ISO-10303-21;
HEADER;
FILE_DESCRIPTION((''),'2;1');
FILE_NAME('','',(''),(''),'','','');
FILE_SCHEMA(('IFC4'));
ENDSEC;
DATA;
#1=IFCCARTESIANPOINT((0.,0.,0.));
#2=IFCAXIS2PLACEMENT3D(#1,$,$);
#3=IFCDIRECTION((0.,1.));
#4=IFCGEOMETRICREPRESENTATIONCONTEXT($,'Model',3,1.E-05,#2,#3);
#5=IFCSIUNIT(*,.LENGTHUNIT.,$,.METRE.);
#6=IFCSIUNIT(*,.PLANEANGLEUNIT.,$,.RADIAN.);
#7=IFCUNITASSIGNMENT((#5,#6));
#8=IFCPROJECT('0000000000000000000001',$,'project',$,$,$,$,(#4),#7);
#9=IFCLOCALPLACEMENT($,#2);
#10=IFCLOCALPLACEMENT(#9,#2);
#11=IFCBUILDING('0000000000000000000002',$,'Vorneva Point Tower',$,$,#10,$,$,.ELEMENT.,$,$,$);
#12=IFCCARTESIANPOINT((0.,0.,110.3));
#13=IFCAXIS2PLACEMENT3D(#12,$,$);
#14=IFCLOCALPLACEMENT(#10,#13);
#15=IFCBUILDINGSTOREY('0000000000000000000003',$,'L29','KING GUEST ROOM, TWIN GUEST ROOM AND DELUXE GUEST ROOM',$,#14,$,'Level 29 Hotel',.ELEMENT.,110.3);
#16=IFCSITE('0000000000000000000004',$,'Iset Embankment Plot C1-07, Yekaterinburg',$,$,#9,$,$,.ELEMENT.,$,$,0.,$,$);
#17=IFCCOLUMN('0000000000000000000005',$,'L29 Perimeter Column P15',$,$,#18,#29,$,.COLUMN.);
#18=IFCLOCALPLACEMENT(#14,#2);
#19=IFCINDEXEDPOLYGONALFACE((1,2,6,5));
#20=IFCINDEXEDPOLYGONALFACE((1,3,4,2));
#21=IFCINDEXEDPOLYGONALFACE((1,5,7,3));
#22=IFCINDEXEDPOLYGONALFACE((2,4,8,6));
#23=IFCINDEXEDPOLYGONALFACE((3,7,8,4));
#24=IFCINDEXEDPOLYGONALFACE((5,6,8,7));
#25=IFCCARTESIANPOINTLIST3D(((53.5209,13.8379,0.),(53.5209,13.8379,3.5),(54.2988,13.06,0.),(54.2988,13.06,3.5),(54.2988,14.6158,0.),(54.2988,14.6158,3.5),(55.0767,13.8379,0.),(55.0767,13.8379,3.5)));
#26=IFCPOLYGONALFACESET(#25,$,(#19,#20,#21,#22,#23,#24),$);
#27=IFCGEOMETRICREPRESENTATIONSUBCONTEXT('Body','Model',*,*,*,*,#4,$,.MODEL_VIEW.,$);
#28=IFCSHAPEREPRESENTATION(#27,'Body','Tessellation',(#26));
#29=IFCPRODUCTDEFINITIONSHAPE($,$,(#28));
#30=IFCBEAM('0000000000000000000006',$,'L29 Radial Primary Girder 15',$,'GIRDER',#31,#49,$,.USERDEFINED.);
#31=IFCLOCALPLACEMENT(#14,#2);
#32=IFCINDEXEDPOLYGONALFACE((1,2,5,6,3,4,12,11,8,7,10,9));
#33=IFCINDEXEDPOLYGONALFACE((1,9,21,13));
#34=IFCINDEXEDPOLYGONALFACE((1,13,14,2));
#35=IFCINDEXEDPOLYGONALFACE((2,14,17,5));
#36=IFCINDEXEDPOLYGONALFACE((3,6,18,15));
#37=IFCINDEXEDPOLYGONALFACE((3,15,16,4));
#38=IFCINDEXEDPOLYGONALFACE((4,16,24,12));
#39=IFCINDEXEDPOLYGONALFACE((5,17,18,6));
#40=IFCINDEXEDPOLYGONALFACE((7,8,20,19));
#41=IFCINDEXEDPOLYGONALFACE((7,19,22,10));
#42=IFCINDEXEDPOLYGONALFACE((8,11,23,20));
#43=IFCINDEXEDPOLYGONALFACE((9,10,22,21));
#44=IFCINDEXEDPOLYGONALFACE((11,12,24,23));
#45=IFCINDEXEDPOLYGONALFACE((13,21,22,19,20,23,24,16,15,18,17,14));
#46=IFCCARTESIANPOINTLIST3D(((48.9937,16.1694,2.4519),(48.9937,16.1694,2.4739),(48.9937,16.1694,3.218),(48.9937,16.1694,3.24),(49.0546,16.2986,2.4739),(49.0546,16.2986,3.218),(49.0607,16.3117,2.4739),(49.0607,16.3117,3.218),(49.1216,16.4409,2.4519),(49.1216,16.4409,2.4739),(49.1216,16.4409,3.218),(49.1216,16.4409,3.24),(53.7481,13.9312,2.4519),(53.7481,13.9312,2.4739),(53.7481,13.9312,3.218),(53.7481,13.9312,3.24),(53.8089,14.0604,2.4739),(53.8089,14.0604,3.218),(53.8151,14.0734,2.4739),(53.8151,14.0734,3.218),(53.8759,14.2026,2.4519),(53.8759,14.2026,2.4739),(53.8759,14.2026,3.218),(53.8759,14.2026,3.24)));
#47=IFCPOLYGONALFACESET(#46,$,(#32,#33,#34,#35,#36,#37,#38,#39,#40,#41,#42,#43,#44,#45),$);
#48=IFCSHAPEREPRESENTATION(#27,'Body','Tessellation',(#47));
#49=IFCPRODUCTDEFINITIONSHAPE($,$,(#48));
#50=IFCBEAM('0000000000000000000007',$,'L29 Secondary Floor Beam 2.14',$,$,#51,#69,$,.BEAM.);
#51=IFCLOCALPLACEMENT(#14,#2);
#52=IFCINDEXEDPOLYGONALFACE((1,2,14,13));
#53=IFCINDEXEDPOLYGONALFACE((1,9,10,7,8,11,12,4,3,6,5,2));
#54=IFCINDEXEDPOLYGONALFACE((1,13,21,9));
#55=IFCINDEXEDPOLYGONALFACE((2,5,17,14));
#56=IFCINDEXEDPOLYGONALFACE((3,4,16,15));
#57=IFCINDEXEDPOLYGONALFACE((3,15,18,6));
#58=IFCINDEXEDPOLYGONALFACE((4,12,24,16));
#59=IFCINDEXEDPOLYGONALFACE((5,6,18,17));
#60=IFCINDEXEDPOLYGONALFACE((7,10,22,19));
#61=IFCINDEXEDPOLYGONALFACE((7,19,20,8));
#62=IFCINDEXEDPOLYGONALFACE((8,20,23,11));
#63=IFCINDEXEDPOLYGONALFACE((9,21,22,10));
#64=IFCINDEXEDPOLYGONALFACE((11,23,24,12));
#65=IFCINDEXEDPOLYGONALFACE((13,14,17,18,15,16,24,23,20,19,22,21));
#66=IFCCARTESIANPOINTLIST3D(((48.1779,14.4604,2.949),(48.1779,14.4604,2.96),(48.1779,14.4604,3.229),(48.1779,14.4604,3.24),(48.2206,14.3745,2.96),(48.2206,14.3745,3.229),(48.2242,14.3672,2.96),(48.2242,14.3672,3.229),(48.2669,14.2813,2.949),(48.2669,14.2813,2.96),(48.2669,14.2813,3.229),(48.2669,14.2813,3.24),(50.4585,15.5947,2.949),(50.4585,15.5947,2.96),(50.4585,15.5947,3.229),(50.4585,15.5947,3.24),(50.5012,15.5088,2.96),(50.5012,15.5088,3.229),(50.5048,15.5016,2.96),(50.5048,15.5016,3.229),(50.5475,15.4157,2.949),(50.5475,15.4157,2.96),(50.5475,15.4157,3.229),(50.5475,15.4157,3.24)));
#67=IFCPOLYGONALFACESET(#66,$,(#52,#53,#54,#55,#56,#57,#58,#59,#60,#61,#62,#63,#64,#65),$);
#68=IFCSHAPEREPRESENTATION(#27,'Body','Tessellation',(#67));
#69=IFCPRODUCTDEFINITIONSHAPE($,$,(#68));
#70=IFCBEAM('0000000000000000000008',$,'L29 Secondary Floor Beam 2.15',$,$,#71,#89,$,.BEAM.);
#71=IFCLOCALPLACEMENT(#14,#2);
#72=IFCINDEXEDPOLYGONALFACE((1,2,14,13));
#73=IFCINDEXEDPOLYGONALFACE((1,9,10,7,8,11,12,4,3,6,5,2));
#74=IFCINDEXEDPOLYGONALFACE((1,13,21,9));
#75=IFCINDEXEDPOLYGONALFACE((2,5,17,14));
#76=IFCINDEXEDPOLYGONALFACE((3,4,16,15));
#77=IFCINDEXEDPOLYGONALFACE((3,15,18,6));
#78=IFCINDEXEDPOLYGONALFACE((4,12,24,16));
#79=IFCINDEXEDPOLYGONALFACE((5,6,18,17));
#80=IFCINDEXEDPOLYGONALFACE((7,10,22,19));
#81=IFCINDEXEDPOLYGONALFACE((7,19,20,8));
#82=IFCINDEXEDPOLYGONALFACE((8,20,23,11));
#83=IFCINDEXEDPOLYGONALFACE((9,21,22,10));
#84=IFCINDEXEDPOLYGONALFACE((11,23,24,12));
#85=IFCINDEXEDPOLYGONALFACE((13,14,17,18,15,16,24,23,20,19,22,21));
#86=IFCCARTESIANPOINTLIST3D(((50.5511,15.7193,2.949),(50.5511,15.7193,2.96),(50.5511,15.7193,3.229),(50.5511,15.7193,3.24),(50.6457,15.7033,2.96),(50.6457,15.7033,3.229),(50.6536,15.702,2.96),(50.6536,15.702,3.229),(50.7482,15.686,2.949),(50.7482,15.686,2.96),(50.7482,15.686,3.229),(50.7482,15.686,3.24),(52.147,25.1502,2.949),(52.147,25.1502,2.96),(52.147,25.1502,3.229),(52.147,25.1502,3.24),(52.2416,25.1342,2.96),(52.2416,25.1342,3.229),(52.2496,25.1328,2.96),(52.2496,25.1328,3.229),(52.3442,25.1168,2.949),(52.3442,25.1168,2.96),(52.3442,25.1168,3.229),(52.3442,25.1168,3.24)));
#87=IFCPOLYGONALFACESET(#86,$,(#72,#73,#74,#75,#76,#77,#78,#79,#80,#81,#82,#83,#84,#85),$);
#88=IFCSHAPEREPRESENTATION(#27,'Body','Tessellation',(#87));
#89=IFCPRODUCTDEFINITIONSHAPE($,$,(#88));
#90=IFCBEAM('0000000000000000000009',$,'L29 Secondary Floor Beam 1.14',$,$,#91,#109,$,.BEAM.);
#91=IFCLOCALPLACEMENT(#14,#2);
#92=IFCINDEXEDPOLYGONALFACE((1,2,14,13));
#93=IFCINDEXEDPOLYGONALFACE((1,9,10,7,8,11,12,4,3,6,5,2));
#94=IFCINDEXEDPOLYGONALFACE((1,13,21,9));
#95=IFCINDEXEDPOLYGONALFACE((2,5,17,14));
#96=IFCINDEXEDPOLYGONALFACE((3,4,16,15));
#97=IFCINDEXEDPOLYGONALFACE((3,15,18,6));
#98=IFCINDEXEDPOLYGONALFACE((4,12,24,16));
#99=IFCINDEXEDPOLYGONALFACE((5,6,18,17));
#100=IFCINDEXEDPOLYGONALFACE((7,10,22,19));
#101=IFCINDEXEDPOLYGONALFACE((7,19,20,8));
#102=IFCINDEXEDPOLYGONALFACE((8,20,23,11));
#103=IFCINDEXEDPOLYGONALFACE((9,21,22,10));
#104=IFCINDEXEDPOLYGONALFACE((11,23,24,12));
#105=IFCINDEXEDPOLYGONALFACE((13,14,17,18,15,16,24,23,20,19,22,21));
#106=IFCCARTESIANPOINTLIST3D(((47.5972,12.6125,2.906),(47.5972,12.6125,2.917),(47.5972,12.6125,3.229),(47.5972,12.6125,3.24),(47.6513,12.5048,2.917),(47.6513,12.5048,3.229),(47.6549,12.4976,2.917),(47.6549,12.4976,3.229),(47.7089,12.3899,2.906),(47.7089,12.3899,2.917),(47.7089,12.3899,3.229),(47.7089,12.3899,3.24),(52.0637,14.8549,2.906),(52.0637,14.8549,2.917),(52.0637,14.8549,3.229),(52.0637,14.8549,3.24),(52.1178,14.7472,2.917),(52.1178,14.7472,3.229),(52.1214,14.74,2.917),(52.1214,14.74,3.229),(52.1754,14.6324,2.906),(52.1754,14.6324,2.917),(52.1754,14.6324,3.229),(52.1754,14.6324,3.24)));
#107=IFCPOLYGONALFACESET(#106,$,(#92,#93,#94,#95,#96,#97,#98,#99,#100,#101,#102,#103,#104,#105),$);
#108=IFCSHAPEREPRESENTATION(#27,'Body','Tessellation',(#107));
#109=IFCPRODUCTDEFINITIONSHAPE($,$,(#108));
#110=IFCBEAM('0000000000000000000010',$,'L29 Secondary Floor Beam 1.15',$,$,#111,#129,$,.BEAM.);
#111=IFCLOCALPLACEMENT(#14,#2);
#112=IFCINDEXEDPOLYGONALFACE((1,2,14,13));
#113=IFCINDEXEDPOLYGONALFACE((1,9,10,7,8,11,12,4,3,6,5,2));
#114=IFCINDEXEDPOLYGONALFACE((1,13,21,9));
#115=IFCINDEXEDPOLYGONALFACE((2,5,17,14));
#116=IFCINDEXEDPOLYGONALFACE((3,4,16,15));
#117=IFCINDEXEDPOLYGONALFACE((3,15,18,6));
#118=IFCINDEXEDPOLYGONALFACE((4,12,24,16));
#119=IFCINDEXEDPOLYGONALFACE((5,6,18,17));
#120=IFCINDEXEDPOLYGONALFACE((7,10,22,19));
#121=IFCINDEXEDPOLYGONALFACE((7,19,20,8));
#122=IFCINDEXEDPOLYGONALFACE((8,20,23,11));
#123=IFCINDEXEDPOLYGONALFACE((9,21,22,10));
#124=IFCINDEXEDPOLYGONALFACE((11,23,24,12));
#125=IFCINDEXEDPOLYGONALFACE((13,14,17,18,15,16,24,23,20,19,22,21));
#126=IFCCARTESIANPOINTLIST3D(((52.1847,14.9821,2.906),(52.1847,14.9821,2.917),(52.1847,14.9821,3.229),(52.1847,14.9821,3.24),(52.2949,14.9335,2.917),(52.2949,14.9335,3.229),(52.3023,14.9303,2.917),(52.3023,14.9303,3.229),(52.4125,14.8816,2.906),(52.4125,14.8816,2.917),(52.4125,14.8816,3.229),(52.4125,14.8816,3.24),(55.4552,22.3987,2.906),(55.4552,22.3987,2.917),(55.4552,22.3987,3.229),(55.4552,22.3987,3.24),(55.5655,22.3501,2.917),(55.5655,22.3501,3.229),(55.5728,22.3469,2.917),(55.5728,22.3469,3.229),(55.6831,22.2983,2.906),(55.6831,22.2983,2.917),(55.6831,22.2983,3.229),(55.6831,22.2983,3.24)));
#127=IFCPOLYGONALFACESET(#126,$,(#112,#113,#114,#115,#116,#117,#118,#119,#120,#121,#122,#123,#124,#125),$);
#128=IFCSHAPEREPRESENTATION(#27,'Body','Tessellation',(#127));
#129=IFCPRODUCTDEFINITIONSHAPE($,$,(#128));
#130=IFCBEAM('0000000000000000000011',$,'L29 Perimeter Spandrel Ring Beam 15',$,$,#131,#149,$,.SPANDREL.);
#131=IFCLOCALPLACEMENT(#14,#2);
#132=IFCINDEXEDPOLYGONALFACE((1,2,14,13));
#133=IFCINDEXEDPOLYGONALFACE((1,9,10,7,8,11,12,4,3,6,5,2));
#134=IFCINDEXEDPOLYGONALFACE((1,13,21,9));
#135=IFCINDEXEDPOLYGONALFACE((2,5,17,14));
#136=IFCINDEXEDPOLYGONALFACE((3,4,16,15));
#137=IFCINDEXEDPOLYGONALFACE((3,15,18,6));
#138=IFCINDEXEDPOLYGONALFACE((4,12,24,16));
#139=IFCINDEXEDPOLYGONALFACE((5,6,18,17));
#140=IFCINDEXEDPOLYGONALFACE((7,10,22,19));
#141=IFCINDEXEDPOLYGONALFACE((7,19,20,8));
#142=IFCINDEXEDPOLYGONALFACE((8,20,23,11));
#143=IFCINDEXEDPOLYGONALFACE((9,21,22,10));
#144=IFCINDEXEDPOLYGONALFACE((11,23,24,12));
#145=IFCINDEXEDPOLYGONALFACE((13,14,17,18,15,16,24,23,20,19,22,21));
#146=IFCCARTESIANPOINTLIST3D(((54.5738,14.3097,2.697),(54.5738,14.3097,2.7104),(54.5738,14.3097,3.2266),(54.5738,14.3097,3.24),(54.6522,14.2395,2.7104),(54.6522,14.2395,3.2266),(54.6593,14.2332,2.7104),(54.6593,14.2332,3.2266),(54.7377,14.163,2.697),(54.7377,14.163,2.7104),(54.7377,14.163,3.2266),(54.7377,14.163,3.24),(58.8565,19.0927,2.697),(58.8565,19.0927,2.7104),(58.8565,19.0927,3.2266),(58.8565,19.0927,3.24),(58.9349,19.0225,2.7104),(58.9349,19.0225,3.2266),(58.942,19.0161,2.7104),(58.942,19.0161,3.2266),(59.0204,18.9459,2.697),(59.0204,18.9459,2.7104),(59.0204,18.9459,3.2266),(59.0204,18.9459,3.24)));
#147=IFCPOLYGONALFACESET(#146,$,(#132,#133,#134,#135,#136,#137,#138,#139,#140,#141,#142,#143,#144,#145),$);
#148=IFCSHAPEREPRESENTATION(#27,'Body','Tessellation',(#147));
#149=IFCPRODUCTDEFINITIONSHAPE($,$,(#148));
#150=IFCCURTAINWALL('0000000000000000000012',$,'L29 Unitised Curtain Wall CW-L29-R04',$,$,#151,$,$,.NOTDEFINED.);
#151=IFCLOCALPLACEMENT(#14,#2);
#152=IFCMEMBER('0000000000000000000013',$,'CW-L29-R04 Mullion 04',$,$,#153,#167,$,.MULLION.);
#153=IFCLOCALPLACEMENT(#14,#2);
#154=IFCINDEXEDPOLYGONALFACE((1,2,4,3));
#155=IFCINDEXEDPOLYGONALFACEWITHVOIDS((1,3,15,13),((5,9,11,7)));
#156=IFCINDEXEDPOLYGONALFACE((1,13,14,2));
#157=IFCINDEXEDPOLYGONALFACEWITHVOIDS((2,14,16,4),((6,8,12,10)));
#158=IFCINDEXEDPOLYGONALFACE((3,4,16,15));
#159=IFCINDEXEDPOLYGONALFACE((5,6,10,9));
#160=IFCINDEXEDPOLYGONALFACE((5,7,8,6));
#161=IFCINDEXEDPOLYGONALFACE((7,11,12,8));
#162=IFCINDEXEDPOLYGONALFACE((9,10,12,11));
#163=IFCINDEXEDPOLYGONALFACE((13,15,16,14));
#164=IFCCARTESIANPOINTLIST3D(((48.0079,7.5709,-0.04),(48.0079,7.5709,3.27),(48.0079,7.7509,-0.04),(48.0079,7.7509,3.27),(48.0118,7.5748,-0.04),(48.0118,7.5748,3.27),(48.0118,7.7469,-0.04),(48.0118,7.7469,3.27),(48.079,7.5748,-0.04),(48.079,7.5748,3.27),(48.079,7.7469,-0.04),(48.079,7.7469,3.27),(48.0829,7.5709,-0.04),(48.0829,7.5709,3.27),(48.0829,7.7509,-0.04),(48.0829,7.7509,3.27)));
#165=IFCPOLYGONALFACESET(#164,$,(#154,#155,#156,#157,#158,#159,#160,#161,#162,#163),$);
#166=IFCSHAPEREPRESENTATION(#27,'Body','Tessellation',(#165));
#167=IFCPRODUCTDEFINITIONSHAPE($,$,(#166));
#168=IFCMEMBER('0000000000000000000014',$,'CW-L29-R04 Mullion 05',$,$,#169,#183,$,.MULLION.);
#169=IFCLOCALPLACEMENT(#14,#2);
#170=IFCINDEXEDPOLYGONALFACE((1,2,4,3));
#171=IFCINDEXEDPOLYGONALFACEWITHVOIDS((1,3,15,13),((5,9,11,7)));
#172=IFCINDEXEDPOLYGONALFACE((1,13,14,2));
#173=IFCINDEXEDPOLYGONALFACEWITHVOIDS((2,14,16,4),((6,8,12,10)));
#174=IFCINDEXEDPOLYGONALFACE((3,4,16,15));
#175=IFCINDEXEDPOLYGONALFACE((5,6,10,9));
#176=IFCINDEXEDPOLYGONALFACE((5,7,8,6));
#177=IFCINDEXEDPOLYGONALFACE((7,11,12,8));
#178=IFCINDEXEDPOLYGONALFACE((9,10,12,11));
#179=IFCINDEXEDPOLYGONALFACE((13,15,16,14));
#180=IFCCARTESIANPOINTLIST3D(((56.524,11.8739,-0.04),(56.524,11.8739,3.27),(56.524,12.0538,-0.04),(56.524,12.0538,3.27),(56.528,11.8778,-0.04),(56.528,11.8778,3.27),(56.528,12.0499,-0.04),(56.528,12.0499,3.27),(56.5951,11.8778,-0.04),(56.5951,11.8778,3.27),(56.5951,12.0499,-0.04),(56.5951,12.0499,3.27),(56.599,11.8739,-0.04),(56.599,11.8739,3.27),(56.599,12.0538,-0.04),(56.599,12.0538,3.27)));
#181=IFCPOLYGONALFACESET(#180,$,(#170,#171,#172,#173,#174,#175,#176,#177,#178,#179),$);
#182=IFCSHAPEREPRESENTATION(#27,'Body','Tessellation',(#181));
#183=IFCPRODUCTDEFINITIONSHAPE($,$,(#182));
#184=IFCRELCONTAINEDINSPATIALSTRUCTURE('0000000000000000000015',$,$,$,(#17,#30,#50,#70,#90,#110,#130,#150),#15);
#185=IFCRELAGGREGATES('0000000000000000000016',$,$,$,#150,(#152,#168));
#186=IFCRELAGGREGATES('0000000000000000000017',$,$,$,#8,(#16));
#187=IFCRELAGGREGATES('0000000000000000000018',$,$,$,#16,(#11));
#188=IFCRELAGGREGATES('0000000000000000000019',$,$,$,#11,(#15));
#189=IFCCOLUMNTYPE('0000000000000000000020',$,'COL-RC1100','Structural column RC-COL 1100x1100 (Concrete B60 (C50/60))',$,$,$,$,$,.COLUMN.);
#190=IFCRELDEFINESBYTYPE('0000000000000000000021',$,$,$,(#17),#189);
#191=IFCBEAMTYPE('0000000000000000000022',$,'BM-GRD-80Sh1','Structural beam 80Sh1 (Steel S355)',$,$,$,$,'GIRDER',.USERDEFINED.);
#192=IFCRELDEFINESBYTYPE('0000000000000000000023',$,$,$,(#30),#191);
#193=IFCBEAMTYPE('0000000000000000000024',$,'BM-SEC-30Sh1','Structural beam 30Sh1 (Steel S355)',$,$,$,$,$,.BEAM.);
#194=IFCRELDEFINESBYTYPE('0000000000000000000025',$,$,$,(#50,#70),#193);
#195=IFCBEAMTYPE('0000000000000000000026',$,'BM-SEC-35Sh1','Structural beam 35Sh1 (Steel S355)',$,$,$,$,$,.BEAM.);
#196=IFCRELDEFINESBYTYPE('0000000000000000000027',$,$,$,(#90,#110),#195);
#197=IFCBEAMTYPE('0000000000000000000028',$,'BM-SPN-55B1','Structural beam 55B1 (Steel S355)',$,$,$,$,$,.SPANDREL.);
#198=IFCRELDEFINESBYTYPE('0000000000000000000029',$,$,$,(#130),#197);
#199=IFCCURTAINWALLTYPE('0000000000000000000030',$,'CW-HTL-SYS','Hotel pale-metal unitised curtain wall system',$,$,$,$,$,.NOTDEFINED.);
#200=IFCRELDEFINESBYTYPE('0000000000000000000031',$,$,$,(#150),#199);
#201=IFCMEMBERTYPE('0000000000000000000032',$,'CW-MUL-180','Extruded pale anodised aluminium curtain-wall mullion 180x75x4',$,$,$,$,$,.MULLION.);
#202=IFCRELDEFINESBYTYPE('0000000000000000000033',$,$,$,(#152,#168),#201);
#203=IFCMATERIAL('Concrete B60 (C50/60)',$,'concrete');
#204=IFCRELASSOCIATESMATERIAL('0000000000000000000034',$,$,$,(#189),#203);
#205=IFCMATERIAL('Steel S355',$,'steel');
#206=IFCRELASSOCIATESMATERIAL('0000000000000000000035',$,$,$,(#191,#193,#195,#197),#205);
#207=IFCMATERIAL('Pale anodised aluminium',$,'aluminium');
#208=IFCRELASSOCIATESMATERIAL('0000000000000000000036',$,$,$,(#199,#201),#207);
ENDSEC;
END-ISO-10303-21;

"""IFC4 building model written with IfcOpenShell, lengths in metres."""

from ifc_helpers import new_model, si_unit, direction, frame, origin, origin_2d, place, context, subcontext, project, spatial, rectangle, hollow_rectangle, i_section, extrude, material, material_profile, profile_set, type_object, element, aggregate, save


model = new_model("IFC4")

# Units and contexts
model_context = context("Model", 3, precision=1e-05, world=origin(), true_north=direction((0.0, 1.0)))
body_context = subcontext(model_context, "Body", "Model", "MODEL_VIEW")
ifc_project = project(units=[si_unit("LENGTHUNIT", "METRE"), si_unit("PLANEANGLEUNIT", "RADIAN")], contexts=[model_context])

# Site, building, storey
site_placement = place(None, origin())
site = spatial("IfcSite", under=ifc_project, at=site_placement, Name="Iset Embankment Plot C1-07, Yekaterinburg", CompositionType="ELEMENT", RefElevation=0.0)
building_placement = place(site_placement, origin())
building = spatial("IfcBuilding", under=site, at=building_placement, Name="Vorneva Point Tower", CompositionType="ELEMENT")
storey_placement = place(building_placement, frame((0.0, 0.0, 110.3)))
storey = spatial("IfcBuildingStorey", under=building, at=storey_placement, Name="L29", Description="KING GUEST ROOM, TWIN GUEST ROOM AND DELUXE GUEST ROOM", LongName="Level 29 Hotel", CompositionType="ELEMENT", Elevation=110.3)

# Column
ifc_material_1 = material(Name="Concrete B60 (C50/60)", Category="concrete")
ifc_material_profile_1 = material_profile(ifc_material_1, rectangle(XDim=1.1001, YDim=1.1001, at=origin_2d()), Name="RC-COL 1100x1100")
ifc_profile_set_1 = profile_set([ifc_material_profile_1], Name="Concrete B60 (C50/60)")
column_type = type_object("IfcColumnType", Name="COL-RC1100", Description="Structural column RC-COL 1100x1100 (Concrete B60 (C50/60))", PredefinedType="COLUMN", material=ifc_profile_set_1)
column_placement = place(storey_placement, frame((54.2988, 13.8379, 0.0), z_axis=(0.0, 0.0, 1.0), x_axis=(0.707107, -0.707107, 0.0)))
element("IfcColumn", 1, at=column_placement, inside=storey, type_object=column_type, Name="L29 Perimeter Column P15", PredefinedType="COLUMN", context=body_context, shape_type="SweptSolid", body=[
    extrude(rectangle(XDim=1.1001, YDim=1.1001, at=origin_2d()), origin(), (0.0, 0.0, 1.0), 3.5),
])

# Beams
ifc_material_2 = material(Name="Steel S355", Category="steel")
ifc_material_profile_2 = material_profile(ifc_material_2, i_section(OverallWidth=0.3, OverallDepth=0.7881, WebThickness=0.0144, FlangeThickness=0.022, at=origin_2d()), Name="80Sh1")
ifc_profile_set_2 = profile_set([ifc_material_profile_2], Name="Steel S355")
beam_type_1 = type_object("IfcBeamType", Name="BM-GRD-80Sh1", Description="Structural beam 80Sh1 (Steel S355)", ElementType="GIRDER", PredefinedType="USERDEFINED", material=ifc_profile_set_2)
beam_1_placement = place(storey_placement, frame((53.812, 14.0669, 2.8459), z_axis=(-0.904751, 0.42594, 0.0), x_axis=(-0.42594, -0.904751, 0.0)))
element("IfcBeam", 2, at=beam_1_placement, inside=storey, type_object=beam_type_1, Name="L29 Radial Primary Girder 15", ObjectType="GIRDER", PredefinedType="USERDEFINED", context=body_context, shape_type="SweptSolid", body=[
    extrude(i_section(OverallWidth=0.3, OverallDepth=0.7881, WebThickness=0.0144, FlangeThickness=0.022, at=origin_2d()), origin(), (0.0, 0.0, 1.0), 5.2549),
])
ifc_material_profile_3 = material_profile(ifc_material_2, i_section(OverallWidth=0.2, OverallDepth=0.291, WebThickness=0.0081, FlangeThickness=0.011, at=origin_2d()), Name="30Sh1")
ifc_profile_set_3 = profile_set([ifc_material_profile_3], Name="Steel S355")
beam_type_2 = type_object("IfcBeamType", Name="BM-SEC-30Sh1", Description="Structural beam 30Sh1 (Steel S355)", PredefinedType="BEAM", material=ifc_profile_set_3)
beam_2_placement = place(storey_placement, frame((48.2224, 14.3708, 3.0945), z_axis=(0.895365, 0.445334, 0.0), x_axis=(-0.445334, 0.895365, 0.0)))
element("IfcBeam", 3, at=beam_2_placement, inside=storey, type_object=beam_type_2, Name="L29 Secondary Floor Beam 2.14", PredefinedType="BEAM", context=body_context, shape_type="SweptSolid", body=[
    extrude(i_section(OverallWidth=0.2, OverallDepth=0.291, WebThickness=0.0081, FlangeThickness=0.011, at=origin_2d()), origin(), (0.0, 0.0, 1.0), 2.5471),
])
beam_3_placement = place(storey_placement, frame((50.6497, 15.7026, 3.0945), z_axis=(0.166853, 0.985982, 0.0), x_axis=(-0.985982, 0.166853, 0.0)))
element("IfcBeam", 4, at=beam_3_placement, inside=storey, type_object=beam_type_2, Name="L29 Secondary Floor Beam 2.15", PredefinedType="BEAM", context=body_context, shape_type="SweptSolid", body=[
    extrude(i_section(OverallWidth=0.2, OverallDepth=0.291, WebThickness=0.0081, FlangeThickness=0.011, at=origin_2d()), origin(), (0.0, 0.0, 1.0), 9.5649),
])
ifc_material_profile_4 = material_profile(ifc_material_2, i_section(OverallWidth=0.249, OverallDepth=0.334, WebThickness=0.0081, FlangeThickness=0.011, at=origin_2d()), Name="35Sh1")
ifc_profile_set_4 = profile_set([ifc_material_profile_4], Name="Steel S355")
beam_type_3 = type_object("IfcBeamType", Name="BM-SEC-35Sh1", Description="Structural beam 35Sh1 (Steel S355)", PredefinedType="BEAM", material=ifc_profile_set_4)
beam_4_placement = place(storey_placement, frame((47.6531, 12.5012, 3.073), z_axis=(0.893693, 0.448678, 0.0), x_axis=(-0.448678, 0.893693, 0.0)))
element("IfcBeam", 5, at=beam_4_placement, inside=storey, type_object=beam_type_3, Name="L29 Secondary Floor Beam 1.14", PredefinedType="BEAM", context=body_context, shape_type="SweptSolid", body=[
    extrude(i_section(OverallWidth=0.249, OverallDepth=0.334, WebThickness=0.0081, FlangeThickness=0.011, at=origin_2d()), origin(), (0.0, 0.0, 1.0), 4.9978),
])
beam_5_placement = place(storey_placement, frame((52.2986, 14.9319, 3.073), z_axis=(0.403487, 0.914985, 0.0), x_axis=(-0.914985, 0.403487, 0.0)))
element("IfcBeam", 6, at=beam_5_placement, inside=storey, type_object=beam_type_3, Name="L29 Secondary Floor Beam 1.15", PredefinedType="BEAM", context=body_context, shape_type="SweptSolid", body=[
    extrude(i_section(OverallWidth=0.249, OverallDepth=0.334, WebThickness=0.0081, FlangeThickness=0.011, at=origin_2d()), origin(), (0.0, 0.0, 1.0), 8.1057),
])
ifc_material_profile_5 = material_profile(ifc_material_2, i_section(OverallWidth=0.22, OverallDepth=0.543, WebThickness=0.0095, FlangeThickness=0.0134, at=origin_2d()), Name="55B1")
ifc_profile_set_5 = profile_set([ifc_material_profile_5], Name="Steel S355")
beam_type_4 = type_object("IfcBeamType", Name="BM-SPN-55B1", Description="Structural beam 55B1 (Steel S355)", PredefinedType="SPANDREL", material=ifc_profile_set_5)
beam_6_placement = place(storey_placement, frame((54.6558, 14.2363, 2.9685), z_axis=(0.667074, 0.744992, 0.0), x_axis=(-0.744992, 0.667074, 0.0)))
element("IfcBeam", 7, at=beam_6_placement, inside=storey, type_object=beam_type_4, Name="L29 Perimeter Spandrel Ring Beam 15", PredefinedType="SPANDREL", context=body_context, shape_type="SweptSolid", body=[
    extrude(i_section(OverallWidth=0.22, OverallDepth=0.543, WebThickness=0.0095, FlangeThickness=0.0134, at=origin_2d()), origin(), (0.0, 0.0, 1.0), 6.4202),
])

# Curtain wall, members
ifc_material_3 = material(Name="Pale anodised aluminium", Category="aluminium")
curtain_wall_type = type_object("IfcCurtainWallType", Name="CW-HTL-SYS", Description="Hotel pale-metal unitised curtain wall system", PredefinedType="NOTDEFINED", material=ifc_material_3)
curtain_wall_placement = place(storey_placement, origin())
curtain_wall = element("IfcCurtainWall", 8, at=curtain_wall_placement, inside=storey, type_object=curtain_wall_type, Name="L29 Unitised Curtain Wall CW-L29-R04", PredefinedType="NOTDEFINED")
ifc_material_profile_6 = material_profile(ifc_material_3, hollow_rectangle(XDim=0.075, YDim=0.1799, WallThickness=0.0039, at=origin_2d()), Name="AL-MUL 180x75x4")
ifc_profile_set_6 = profile_set([ifc_material_profile_6], Name="Pale anodised aluminium")
member_type_1 = type_object("IfcMemberType", Name="CW-MUL-180", Description="Extruded pale anodised aluminium curtain-wall mullion 180x75x4", PredefinedType="MULLION", material=ifc_profile_set_6)
member_1_placement = place(storey_placement, frame((48.0454, 7.6609, -0.04), z_axis=(0.0, 0.0, 1.0), x_axis=(1.0, 0.0, 0.0)))
member_1 = element("IfcMember", 9, at=member_1_placement, type_object=member_type_1, Name="CW-L29-R04 Mullion 04", PredefinedType="MULLION", context=body_context, shape_type="SweptSolid", body=[
    extrude(hollow_rectangle(XDim=0.075, YDim=0.1799, WallThickness=0.0039, at=origin_2d()), origin(), (0.0, 0.0, 1.0), 3.3101),
])
member_2_placement = place(storey_placement, frame((56.5615, 11.9639, -0.04), z_axis=(0.0, 0.0, 1.0), x_axis=(1.0, 0.0, 0.0)))
member_2 = element("IfcMember", 10, at=member_2_placement, type_object=member_type_1, Name="CW-L29-R04 Mullion 05", PredefinedType="MULLION", context=body_context, shape_type="SweptSolid", body=[
    extrude(hollow_rectangle(XDim=0.075, YDim=0.1799, WallThickness=0.0039, at=origin_2d()), origin(), (0.0, 0.0, 1.0), 3.3101),
])
aggregate(curtain_wall, [member_1, member_2])

save(model, "model.ifc")
